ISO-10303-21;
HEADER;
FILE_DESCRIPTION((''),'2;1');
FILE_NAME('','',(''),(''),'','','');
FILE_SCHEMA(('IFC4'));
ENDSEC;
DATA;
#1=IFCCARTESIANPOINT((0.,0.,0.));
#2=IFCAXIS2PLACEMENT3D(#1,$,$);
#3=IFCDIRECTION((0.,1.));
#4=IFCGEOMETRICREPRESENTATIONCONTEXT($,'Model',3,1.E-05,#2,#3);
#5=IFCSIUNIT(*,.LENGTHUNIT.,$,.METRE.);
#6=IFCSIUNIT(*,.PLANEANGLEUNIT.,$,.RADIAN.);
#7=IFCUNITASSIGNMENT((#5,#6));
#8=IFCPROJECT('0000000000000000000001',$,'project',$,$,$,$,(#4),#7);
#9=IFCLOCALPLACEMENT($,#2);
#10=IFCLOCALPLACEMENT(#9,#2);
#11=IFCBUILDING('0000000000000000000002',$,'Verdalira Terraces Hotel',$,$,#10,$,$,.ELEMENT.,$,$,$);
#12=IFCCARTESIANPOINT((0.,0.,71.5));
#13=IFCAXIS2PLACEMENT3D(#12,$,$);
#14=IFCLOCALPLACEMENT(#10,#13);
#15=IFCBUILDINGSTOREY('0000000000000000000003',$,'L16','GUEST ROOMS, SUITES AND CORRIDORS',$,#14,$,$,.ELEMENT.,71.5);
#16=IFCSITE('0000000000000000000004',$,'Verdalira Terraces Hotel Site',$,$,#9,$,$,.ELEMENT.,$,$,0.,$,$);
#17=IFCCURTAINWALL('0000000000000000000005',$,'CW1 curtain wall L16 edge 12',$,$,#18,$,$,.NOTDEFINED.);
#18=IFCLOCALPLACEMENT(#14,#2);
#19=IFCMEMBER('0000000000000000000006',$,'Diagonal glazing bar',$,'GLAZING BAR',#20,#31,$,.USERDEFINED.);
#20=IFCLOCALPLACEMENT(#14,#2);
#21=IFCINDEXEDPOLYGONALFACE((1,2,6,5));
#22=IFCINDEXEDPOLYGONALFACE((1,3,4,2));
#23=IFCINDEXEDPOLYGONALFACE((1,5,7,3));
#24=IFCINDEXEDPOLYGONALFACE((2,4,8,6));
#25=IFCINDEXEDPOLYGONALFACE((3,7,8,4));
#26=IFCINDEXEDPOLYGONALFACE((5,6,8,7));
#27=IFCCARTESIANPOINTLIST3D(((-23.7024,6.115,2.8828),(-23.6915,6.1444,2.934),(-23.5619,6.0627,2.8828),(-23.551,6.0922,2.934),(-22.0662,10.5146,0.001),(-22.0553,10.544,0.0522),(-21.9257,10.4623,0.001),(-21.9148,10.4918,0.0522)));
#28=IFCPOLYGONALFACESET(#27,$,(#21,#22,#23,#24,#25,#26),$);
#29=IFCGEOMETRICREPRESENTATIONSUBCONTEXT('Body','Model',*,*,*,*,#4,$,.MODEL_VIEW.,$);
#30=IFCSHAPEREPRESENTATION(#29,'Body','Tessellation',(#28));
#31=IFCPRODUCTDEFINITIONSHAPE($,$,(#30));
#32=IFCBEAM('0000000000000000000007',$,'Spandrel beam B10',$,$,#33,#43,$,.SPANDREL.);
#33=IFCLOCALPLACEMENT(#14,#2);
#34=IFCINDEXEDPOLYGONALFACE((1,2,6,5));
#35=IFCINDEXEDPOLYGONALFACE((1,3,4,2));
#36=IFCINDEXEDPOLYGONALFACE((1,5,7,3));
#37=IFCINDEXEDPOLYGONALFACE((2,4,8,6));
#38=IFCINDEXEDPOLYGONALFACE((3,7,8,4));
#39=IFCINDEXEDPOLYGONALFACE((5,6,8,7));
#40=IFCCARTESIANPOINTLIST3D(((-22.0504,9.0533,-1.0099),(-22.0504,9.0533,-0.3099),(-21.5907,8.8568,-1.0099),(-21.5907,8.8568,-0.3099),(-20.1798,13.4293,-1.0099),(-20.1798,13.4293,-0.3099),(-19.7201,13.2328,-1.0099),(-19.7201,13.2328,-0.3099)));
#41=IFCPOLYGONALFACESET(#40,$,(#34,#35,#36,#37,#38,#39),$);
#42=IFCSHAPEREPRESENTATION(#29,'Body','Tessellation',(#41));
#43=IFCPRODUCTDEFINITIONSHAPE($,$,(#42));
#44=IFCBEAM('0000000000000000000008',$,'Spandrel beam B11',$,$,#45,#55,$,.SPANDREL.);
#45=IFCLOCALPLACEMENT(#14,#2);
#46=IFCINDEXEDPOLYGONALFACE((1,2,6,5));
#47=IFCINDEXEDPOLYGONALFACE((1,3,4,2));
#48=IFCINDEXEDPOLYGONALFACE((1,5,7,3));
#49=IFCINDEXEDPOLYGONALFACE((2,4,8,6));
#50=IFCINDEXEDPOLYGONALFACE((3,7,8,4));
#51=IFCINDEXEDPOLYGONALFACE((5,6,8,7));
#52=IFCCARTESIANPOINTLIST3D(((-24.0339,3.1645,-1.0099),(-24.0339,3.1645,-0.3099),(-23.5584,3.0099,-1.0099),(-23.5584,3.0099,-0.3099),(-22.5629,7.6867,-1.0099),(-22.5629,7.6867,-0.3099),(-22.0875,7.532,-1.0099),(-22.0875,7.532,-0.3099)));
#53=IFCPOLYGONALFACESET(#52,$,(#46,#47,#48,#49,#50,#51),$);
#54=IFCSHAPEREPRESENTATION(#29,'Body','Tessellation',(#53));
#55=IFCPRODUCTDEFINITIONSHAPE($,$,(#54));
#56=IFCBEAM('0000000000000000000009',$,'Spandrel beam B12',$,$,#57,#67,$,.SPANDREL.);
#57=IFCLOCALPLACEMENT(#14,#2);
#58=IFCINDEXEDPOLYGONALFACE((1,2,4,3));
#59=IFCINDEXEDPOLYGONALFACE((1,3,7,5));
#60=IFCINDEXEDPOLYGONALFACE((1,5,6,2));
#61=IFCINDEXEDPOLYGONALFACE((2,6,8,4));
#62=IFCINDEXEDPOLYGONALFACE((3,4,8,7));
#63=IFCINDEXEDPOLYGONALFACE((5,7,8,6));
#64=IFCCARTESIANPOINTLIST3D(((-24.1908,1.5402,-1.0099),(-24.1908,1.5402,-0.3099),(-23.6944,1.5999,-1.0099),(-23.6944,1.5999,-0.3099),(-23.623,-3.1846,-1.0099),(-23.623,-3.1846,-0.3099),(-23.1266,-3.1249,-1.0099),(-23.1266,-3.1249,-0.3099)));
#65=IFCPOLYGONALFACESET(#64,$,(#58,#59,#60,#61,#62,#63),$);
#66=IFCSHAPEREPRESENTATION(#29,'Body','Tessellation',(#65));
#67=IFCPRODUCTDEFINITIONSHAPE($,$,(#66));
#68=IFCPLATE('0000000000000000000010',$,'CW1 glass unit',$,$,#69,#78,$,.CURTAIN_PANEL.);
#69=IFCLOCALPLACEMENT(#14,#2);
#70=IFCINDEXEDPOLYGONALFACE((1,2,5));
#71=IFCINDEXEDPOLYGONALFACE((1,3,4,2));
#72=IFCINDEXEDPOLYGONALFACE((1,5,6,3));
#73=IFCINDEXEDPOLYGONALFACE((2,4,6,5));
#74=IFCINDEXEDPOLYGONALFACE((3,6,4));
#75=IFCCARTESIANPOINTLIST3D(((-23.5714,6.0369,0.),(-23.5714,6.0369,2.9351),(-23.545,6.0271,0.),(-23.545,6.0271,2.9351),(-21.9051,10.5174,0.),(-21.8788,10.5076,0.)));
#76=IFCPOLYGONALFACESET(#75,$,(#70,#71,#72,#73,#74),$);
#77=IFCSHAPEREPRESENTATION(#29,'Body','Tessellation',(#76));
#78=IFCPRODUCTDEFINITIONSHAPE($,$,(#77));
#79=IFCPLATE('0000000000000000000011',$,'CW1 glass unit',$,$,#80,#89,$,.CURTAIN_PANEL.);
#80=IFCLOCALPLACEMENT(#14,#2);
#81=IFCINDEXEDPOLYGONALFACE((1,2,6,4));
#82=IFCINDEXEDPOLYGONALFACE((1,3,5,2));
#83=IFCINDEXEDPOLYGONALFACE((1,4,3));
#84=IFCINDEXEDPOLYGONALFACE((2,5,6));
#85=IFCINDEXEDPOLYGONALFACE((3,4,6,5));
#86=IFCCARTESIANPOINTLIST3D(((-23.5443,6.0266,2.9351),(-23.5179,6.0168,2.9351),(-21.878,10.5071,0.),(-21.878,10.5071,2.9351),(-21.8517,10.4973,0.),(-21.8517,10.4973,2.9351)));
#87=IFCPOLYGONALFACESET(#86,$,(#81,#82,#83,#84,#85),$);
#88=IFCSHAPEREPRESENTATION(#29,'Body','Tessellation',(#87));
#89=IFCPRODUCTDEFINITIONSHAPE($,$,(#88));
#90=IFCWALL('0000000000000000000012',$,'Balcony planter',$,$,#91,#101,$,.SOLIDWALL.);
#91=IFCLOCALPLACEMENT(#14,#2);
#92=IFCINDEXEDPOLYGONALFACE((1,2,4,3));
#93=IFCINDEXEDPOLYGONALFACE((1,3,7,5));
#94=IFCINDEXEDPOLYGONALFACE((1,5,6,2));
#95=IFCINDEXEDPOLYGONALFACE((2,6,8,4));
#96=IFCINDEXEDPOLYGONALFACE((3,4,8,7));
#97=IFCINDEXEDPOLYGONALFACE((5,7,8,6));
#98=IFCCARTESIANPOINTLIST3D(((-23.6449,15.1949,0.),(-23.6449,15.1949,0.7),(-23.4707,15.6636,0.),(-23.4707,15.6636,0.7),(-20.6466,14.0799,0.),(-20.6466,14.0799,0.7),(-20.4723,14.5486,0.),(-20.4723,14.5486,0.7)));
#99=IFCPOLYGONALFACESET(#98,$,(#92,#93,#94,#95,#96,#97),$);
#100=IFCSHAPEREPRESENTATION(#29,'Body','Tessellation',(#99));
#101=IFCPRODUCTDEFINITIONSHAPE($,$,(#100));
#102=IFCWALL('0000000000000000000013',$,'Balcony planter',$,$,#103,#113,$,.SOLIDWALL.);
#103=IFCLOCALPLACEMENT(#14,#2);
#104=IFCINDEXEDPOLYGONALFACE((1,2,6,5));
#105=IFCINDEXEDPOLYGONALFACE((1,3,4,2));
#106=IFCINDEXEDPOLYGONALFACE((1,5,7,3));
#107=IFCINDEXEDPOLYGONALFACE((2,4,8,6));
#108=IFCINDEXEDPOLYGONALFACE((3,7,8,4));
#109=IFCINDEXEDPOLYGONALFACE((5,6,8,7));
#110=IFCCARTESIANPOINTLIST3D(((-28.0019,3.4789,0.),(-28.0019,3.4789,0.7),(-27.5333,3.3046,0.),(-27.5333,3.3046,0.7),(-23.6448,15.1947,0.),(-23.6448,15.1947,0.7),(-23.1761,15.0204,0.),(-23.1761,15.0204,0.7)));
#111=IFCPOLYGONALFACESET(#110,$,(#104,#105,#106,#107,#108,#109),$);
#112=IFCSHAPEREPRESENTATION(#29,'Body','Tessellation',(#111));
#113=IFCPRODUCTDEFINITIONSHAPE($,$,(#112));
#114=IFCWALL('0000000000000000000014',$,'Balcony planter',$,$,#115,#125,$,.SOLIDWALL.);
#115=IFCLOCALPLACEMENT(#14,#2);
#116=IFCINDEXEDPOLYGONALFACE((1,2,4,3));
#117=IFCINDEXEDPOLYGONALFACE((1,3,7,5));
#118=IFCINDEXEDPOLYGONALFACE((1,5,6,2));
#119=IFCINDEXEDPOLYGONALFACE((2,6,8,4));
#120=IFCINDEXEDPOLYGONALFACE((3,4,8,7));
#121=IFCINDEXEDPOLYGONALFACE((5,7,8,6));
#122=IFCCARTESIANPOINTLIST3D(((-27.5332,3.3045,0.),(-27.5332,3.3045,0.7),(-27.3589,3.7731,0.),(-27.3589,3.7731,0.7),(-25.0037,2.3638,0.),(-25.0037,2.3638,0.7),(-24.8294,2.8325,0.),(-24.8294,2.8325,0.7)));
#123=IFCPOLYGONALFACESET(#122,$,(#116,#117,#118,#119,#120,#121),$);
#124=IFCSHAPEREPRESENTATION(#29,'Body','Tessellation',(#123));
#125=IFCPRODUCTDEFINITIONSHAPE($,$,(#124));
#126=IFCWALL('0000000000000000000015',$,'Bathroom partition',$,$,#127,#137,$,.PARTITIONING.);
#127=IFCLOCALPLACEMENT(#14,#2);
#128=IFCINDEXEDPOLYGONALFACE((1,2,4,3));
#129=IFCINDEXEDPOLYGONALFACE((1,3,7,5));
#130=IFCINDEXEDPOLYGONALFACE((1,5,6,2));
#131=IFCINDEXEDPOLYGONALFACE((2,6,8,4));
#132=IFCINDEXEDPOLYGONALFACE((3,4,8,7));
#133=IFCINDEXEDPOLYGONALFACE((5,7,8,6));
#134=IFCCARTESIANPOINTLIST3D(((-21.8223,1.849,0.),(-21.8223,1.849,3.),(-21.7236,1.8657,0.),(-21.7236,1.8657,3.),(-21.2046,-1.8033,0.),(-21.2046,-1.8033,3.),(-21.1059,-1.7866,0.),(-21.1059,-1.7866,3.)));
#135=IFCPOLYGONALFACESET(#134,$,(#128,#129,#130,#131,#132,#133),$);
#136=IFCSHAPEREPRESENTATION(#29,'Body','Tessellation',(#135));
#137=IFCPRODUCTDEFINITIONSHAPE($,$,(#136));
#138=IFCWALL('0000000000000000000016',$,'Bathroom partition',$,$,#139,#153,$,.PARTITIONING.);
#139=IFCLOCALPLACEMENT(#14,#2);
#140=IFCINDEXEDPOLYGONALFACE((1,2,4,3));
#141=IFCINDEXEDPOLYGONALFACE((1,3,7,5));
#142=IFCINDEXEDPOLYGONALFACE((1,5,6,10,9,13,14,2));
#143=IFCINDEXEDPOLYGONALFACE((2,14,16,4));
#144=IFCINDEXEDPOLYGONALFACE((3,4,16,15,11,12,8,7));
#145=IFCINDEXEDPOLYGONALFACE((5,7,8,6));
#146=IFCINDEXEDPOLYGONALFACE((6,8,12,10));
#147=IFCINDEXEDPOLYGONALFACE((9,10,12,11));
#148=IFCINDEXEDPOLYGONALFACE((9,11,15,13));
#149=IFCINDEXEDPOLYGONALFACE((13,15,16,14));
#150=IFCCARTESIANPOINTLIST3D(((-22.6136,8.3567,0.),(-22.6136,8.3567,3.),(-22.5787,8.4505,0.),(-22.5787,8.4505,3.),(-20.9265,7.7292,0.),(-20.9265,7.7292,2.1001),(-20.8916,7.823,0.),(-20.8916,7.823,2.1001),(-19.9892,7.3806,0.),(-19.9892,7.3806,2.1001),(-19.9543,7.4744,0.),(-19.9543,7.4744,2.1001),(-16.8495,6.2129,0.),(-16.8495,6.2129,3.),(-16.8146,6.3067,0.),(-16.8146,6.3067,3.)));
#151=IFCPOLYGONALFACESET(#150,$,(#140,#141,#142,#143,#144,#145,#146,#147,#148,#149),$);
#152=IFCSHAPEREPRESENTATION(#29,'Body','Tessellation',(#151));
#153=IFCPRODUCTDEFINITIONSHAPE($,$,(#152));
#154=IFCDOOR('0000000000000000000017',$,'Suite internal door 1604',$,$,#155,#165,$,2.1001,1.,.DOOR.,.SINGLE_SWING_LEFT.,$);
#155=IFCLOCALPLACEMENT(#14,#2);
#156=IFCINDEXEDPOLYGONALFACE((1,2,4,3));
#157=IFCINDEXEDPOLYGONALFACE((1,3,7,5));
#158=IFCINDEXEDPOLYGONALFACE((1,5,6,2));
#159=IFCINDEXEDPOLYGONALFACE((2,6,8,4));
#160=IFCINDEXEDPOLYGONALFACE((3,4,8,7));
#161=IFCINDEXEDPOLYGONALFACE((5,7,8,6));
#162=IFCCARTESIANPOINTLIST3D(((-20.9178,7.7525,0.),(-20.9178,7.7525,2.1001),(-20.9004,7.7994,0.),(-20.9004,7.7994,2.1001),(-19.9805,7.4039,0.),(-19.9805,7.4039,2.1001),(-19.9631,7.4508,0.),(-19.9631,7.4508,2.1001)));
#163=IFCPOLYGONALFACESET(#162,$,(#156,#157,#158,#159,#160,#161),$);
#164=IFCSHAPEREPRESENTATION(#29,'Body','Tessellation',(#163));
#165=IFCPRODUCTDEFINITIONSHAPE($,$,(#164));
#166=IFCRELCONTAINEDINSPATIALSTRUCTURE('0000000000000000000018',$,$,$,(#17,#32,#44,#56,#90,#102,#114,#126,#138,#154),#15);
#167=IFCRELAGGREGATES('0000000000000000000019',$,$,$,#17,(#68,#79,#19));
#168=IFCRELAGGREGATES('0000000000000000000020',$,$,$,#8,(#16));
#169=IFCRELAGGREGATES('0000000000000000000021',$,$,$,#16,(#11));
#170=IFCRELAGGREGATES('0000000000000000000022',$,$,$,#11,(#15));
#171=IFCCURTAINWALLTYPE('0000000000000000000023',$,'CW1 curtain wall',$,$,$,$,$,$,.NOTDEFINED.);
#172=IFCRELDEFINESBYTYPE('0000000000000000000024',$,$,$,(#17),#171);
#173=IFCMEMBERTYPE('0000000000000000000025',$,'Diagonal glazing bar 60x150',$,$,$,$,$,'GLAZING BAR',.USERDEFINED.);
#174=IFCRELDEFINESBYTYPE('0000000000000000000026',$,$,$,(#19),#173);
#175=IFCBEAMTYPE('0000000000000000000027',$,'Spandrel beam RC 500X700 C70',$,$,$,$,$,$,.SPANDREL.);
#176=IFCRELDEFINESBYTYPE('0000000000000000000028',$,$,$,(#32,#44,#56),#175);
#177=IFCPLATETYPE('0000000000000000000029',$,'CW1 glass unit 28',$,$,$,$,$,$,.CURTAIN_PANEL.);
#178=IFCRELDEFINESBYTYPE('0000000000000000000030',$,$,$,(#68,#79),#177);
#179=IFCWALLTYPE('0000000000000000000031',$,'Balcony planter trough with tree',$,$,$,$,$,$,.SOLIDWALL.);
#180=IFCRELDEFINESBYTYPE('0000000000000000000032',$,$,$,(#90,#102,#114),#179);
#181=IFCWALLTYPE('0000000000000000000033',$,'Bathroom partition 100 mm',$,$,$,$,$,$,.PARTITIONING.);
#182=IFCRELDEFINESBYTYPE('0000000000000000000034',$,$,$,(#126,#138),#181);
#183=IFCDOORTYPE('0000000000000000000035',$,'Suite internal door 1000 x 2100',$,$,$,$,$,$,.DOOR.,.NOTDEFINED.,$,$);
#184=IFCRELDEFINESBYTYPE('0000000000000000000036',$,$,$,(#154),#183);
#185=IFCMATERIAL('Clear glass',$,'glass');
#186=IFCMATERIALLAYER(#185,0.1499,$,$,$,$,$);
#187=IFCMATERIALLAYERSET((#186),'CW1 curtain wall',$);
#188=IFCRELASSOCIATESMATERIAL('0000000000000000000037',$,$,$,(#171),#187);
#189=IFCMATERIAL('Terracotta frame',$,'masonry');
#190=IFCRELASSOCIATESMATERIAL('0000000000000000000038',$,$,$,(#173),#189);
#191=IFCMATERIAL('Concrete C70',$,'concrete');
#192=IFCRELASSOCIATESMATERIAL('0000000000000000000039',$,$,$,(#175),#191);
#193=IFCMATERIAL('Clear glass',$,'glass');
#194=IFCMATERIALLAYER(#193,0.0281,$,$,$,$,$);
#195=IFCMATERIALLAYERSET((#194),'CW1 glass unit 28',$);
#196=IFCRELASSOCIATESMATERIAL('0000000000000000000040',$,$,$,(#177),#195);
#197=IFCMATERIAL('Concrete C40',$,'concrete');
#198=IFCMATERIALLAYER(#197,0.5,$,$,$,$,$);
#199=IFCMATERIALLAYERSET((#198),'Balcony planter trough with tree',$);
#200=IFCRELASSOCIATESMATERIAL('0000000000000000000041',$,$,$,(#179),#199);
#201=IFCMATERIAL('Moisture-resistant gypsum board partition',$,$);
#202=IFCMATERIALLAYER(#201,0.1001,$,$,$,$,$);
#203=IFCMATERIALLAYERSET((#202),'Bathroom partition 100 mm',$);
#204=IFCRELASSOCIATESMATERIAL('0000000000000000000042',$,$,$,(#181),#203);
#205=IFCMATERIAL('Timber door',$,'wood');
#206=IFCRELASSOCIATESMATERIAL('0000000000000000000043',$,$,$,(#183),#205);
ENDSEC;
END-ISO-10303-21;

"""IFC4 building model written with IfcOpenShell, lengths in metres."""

from ifc_helpers import new_model, si_unit, direction, frame, frame_2d, origin, origin_2d, place, context, subcontext, project, spatial, polyline, rectangle, outline, extrude, material, layer, layer_set, material_profile, profile_set, type_object, element, fill, aggregate, save


model = new_model("IFC4")

# Units and contexts
model_context = context("Model", 3, precision=1e-05, world=origin(), true_north=direction((0.0, 1.0)))
body_context = subcontext(model_context, "Body", "Model", "MODEL_VIEW")
ifc_project = project(units=[si_unit("LENGTHUNIT", "METRE"), si_unit("PLANEANGLEUNIT", "RADIAN")], contexts=[model_context])

# Site, building, storey
site_placement = place(None, origin())
site = spatial("IfcSite", under=ifc_project, at=site_placement, Name="Verdalira Terraces Hotel Site", CompositionType="ELEMENT", RefElevation=0.0)
building_placement = place(site_placement, origin())
building = spatial("IfcBuilding", under=site, at=building_placement, Name="Verdalira Terraces Hotel", CompositionType="ELEMENT")
storey_placement = place(building_placement, frame((0.0, 0.0, 71.5)))
storey = spatial("IfcBuildingStorey", under=building, at=storey_placement, Name="L16", Description="GUEST ROOMS, SUITES AND CORRIDORS", CompositionType="ELEMENT", Elevation=71.5)

# Curtain wall
ifc_material_1 = material(Name="Clear glass", Category="glass")
ifc_layer_1 = layer(ifc_material_1, 0.1499)
ifc_layer_set_1 = layer_set([ifc_layer_1], Name="CW1 curtain wall")
curtain_wall_type = type_object("IfcCurtainWallType", Name="CW1 curtain wall", PredefinedType="NOTDEFINED", material=ifc_layer_set_1)
curtain_wall_1_placement = place(storey_placement, origin())
curtain_wall_1 = element("IfcCurtainWall", 1, at=curtain_wall_1_placement, inside=storey, type_object=curtain_wall_type, Name="CW1 curtain wall L16 edge 12", PredefinedType="NOTDEFINED")

# Member
ifc_material_2 = material(Name="Terracotta frame", Category="masonry")
ifc_material_profile_1 = material_profile(ifc_material_2, rectangle(XDim=0.1499, YDim=0.0601, at=origin_2d()), Name="GB 60x150")
ifc_profile_set_1 = profile_set([ifc_material_profile_1], Name="Terracotta frame")
member_type_1 = type_object("IfcMemberType", Name="Diagonal glazing bar 60x150", ElementType="GLAZING BAR", PredefinedType="USERDEFINED", material=ifc_profile_set_1)
member_1_placement = place(storey_placement, frame((-21.9905, 10.5032, 0.0266), z_axis=(-0.297059, -0.798761, 0.523199), x_axis=(0.937281, -0.348574, 0.0)))
member_1 = element("IfcMember", 2, at=member_1_placement, type_object=member_type_1, Name="Diagonal glazing bar", ObjectType="GLAZING BAR", PredefinedType="USERDEFINED", context=body_context, shape_type="SweptSolid", body=[
    extrude(rectangle(XDim=0.1499, YDim=0.0601, at=origin_2d()), origin(), (0.0, 0.0, 1.0), 5.5081),
])

# Beams
ifc_material_3 = material(Name="Concrete C70", Category="concrete")
ifc_material_profile_2 = material_profile(ifc_material_3, rectangle(XDim=0.5, YDim=0.7, at=origin_2d()), Name="RC 500X700")
ifc_profile_set_2 = profile_set([ifc_material_profile_2], Name="Concrete C70")
beam_type_1 = type_object("IfcBeamType", Name="Spandrel beam RC 500X700 C70", PredefinedType="SPANDREL", material=ifc_profile_set_2)
beam_1_placement = place(storey_placement, frame((-19.95, 13.3311, -0.6599), z_axis=(-0.393065, -0.919511, 0.0), x_axis=(0.919511, -0.393065, 0.0)))
element("IfcBeam", 3, at=beam_1_placement, inside=storey, type_object=beam_type_1, Name="Spandrel beam B10", PredefinedType="SPANDREL", context=body_context, shape_type="SweptSolid", body=[
    extrude(rectangle(XDim=0.5, YDim=0.7, at=origin_2d()), origin(), (0.0, 0.0, 1.0), 4.759),
])
beam_2_placement = place(storey_placement, frame((-22.3252, 7.6094, -0.6599), z_axis=(-0.309319, -0.950958, 0.0), x_axis=(0.950958, -0.309319, 0.0)))
element("IfcBeam", 4, at=beam_2_placement, inside=storey, type_object=beam_type_1, Name="Spandrel beam B11", PredefinedType="SPANDREL", context=body_context, shape_type="SweptSolid", body=[
    extrude(rectangle(XDim=0.5, YDim=0.7, at=origin_2d()), origin(), (0.0, 0.0, 1.0), 4.7554),
])
beam_3_placement = place(storey_placement, frame((-23.9426, 1.5701, -0.6599), z_axis=(0.119329, -0.992855, 0.0), x_axis=(0.992855, 0.119329, 0.0)))
element("IfcBeam", 5, at=beam_3_placement, inside=storey, type_object=beam_type_1, Name="Spandrel beam B12", PredefinedType="SPANDREL", context=body_context, shape_type="SweptSolid", body=[
    extrude(rectangle(XDim=0.5, YDim=0.7, at=origin_2d()), origin(), (0.0, 0.0, 1.0), 4.7588),
])

# Plates
ifc_material_4 = material(Name="Clear glass", Category="glass")
ifc_layer_2 = layer(ifc_material_4, 0.0281)
ifc_layer_set_2 = layer_set([ifc_layer_2], Name="CW1 glass unit 28")
plate_type = type_object("IfcPlateType", Name="CW1 glass unit 28", PredefinedType="CURTAIN_PANEL", material=ifc_layer_set_2)
plate_1_placement = place(storey_placement, frame((-22.7119, 8.2673, 1.4675), z_axis=(-0.937282, 0.348572, 0.0), x_axis=(-0.348572, -0.937282, 0.0)))
plate_1 = element("IfcPlate", 6, at=plate_1_placement, type_object=plate_type, Name="CW1 glass unit", PredefinedType="CURTAIN_PANEL", context=body_context, shape_type="SweptSolid", body=[
    extrude(outline(polyline([(-2.3901, -1.4675), (2.3901, -1.4675), (2.3901, 1.4675), (-2.3901, -1.4675)])), origin(), (0.0, 0.0, 1.0), 0.0281),
])
plate_2_placement = place(storey_placement, frame((-22.6848, 8.2571, 1.4675), z_axis=(-0.937282, 0.348572, 0.0), x_axis=(-0.348572, -0.937282, 0.0)))
plate_2 = element("IfcPlate", 7, at=plate_2_placement, type_object=plate_type, Name="CW1 glass unit", PredefinedType="CURTAIN_PANEL", context=body_context, shape_type="SweptSolid", body=[
    extrude(outline(polyline([(-2.3901, -1.4675), (2.3901, 1.4675), (-2.3901, 1.4675), (-2.3901, -1.4675)])), origin(), (0.0, 0.0, 1.0), 0.0281),
])
aggregate(curtain_wall_1, [plate_1, plate_2, member_1])

# Walls
ifc_material_5 = material(Name="Concrete C40", Category="concrete")
ifc_layer_3 = layer(ifc_material_5, 0.5)
ifc_layer_set_3 = layer_set([ifc_layer_3], Name="Balcony planter trough with tree")
wall_type_1 = type_object("IfcWallType", Name="Balcony planter trough with tree", PredefinedType="SOLIDWALL", material=ifc_layer_set_3)
wall_1_placement = place(storey_placement, frame((-20.5593, 14.3142, 0.0), z_axis=(0.0, 0.0, 1.0), x_axis=(-0.937289, 0.348554, 0.0)))
element("IfcWall", 8, at=wall_1_placement, inside=storey, type_object=wall_type_1, Name="Balcony planter", PredefinedType="SOLIDWALL", context=body_context, shape_type="SweptSolid", body=[
    extrude(rectangle(XDim=3.199, YDim=0.5, at=frame_2d((1.5996, 0.0))), origin(), (0.0, 0.0, 1.0), 0.7),
])
wall_2_placement = place(storey_placement, frame((-23.4104, 15.1077, 0.0), z_axis=(0.0, 0.0, 1.0), x_axis=(-0.348579, -0.937279, 0.0)))
element("IfcWall", 9, at=wall_2_placement, inside=storey, type_object=wall_type_1, Name="Balcony planter", PredefinedType="SOLIDWALL", context=body_context, shape_type="SweptSolid", body=[
    extrude(rectangle(XDim=12.4998, YDim=0.5, at=frame_2d((6.25, 0.0))), origin(), (0.0, 0.0, 1.0), 0.7),
])
wall_3_placement = place(storey_placement, frame((-27.446, 3.5388, 0.0), z_axis=(0.0, 0.0, 1.0), x_axis=(0.937289, -0.348554, 0.0)))
element("IfcWall", 10, at=wall_3_placement, inside=storey, type_object=wall_type_1, Name="Balcony planter", PredefinedType="SOLIDWALL", context=body_context, shape_type="SweptSolid", body=[
    extrude(rectangle(XDim=2.6987, YDim=0.5, at=frame_2d((1.3494, 0.0))), origin(), (0.0, 0.0, 1.0), 0.7),
])
ifc_material_6 = material(Name="Moisture-resistant gypsum board partition")
ifc_layer_4 = layer(ifc_material_6, 0.1001)
ifc_layer_set_4 = layer_set([ifc_layer_4], Name="Bathroom partition 100 mm")
wall_type_2 = type_object("IfcWallType", Name="Bathroom partition 100 mm", PredefinedType="PARTITIONING", material=ifc_layer_set_4)
wall_4_placement = place(storey_placement, frame((-21.1553, -1.7949, 0.0), z_axis=(0.0, 0.0, 1.0), x_axis=(-0.16675, 0.985999, 0.0)))
element("IfcWall", 11, at=wall_4_placement, inside=storey, type_object=wall_type_2, Name="Bathroom partition", PredefinedType="PARTITIONING", context=body_context, shape_type="SweptSolid", body=[
    extrude(rectangle(XDim=3.7041, YDim=0.1001, at=frame_2d((1.8521, 0.0))), origin(), (0.0, 0.0, 1.0), 3.0),
])

# Wall, opening, door
wall_5_placement = place(storey_placement, frame((-22.5962, 8.4036, 0.0), z_axis=(0.0, 0.0, 1.0), x_axis=(0.937275, -0.34859, 0.0)))
wall_5 = element("IfcWall", 12, at=wall_5_placement, inside=storey, type_object=wall_type_2, Name="Bathroom partition", PredefinedType="PARTITIONING", context=body_context, shape_type="SweptSolid", body=[
    extrude(rectangle(XDim=6.1499, YDim=0.1001, at=frame_2d((3.075, 0.0))), origin(), (0.0, 0.0, 1.0), 3.0),
])
opening_1_placement = place(wall_5_placement, frame((1.8, 0.0, 0.0)))
opening_1 = element("IfcOpeningElement", 13, at=opening_1_placement, cuts=wall_5, PredefinedType="OPENING", context=body_context, shape_type="SweptSolid", body=[
    extrude(rectangle(XDim=1.0, YDim=2.1001, at=frame_2d((0.5, 1.05))), frame((0.0, 0.0601, 0.0), z_axis=(0.0, -1.0, 0.0), x_axis=(1.0, 0.0, 0.0)), (0.0, 0.0, 1.0), 0.1201),
])
ifc_material_7 = material(Name="Timber door", Category="wood")
door_type_1 = type_object("IfcDoorType", Name="Suite internal door 1000 x 2100", OperationType="NOTDEFINED", PredefinedType="DOOR", material=ifc_material_7)
door_1_placement = place(opening_1_placement, origin())
door_1 = element("IfcDoor", 14, at=door_1_placement, inside=storey, type_object=door_type_1, Name="Suite internal door 1604", OperationType="SINGLE_SWING_LEFT", OverallHeight=2.1001, OverallWidth=1.0, PredefinedType="DOOR", context=body_context, shape_type="SweptSolid", body=[
    extrude(rectangle(XDim=1.0, YDim=2.1001, at=frame_2d((0.5, 1.05))), frame((0.0, 0.0249, 0.0), z_axis=(0.0, -1.0, 0.0), x_axis=(1.0, 0.0, 0.0)), (0.0, 0.0, 1.0), 0.05),
])
fill(opening_1, door_1)

save(model, "model.ifc")
